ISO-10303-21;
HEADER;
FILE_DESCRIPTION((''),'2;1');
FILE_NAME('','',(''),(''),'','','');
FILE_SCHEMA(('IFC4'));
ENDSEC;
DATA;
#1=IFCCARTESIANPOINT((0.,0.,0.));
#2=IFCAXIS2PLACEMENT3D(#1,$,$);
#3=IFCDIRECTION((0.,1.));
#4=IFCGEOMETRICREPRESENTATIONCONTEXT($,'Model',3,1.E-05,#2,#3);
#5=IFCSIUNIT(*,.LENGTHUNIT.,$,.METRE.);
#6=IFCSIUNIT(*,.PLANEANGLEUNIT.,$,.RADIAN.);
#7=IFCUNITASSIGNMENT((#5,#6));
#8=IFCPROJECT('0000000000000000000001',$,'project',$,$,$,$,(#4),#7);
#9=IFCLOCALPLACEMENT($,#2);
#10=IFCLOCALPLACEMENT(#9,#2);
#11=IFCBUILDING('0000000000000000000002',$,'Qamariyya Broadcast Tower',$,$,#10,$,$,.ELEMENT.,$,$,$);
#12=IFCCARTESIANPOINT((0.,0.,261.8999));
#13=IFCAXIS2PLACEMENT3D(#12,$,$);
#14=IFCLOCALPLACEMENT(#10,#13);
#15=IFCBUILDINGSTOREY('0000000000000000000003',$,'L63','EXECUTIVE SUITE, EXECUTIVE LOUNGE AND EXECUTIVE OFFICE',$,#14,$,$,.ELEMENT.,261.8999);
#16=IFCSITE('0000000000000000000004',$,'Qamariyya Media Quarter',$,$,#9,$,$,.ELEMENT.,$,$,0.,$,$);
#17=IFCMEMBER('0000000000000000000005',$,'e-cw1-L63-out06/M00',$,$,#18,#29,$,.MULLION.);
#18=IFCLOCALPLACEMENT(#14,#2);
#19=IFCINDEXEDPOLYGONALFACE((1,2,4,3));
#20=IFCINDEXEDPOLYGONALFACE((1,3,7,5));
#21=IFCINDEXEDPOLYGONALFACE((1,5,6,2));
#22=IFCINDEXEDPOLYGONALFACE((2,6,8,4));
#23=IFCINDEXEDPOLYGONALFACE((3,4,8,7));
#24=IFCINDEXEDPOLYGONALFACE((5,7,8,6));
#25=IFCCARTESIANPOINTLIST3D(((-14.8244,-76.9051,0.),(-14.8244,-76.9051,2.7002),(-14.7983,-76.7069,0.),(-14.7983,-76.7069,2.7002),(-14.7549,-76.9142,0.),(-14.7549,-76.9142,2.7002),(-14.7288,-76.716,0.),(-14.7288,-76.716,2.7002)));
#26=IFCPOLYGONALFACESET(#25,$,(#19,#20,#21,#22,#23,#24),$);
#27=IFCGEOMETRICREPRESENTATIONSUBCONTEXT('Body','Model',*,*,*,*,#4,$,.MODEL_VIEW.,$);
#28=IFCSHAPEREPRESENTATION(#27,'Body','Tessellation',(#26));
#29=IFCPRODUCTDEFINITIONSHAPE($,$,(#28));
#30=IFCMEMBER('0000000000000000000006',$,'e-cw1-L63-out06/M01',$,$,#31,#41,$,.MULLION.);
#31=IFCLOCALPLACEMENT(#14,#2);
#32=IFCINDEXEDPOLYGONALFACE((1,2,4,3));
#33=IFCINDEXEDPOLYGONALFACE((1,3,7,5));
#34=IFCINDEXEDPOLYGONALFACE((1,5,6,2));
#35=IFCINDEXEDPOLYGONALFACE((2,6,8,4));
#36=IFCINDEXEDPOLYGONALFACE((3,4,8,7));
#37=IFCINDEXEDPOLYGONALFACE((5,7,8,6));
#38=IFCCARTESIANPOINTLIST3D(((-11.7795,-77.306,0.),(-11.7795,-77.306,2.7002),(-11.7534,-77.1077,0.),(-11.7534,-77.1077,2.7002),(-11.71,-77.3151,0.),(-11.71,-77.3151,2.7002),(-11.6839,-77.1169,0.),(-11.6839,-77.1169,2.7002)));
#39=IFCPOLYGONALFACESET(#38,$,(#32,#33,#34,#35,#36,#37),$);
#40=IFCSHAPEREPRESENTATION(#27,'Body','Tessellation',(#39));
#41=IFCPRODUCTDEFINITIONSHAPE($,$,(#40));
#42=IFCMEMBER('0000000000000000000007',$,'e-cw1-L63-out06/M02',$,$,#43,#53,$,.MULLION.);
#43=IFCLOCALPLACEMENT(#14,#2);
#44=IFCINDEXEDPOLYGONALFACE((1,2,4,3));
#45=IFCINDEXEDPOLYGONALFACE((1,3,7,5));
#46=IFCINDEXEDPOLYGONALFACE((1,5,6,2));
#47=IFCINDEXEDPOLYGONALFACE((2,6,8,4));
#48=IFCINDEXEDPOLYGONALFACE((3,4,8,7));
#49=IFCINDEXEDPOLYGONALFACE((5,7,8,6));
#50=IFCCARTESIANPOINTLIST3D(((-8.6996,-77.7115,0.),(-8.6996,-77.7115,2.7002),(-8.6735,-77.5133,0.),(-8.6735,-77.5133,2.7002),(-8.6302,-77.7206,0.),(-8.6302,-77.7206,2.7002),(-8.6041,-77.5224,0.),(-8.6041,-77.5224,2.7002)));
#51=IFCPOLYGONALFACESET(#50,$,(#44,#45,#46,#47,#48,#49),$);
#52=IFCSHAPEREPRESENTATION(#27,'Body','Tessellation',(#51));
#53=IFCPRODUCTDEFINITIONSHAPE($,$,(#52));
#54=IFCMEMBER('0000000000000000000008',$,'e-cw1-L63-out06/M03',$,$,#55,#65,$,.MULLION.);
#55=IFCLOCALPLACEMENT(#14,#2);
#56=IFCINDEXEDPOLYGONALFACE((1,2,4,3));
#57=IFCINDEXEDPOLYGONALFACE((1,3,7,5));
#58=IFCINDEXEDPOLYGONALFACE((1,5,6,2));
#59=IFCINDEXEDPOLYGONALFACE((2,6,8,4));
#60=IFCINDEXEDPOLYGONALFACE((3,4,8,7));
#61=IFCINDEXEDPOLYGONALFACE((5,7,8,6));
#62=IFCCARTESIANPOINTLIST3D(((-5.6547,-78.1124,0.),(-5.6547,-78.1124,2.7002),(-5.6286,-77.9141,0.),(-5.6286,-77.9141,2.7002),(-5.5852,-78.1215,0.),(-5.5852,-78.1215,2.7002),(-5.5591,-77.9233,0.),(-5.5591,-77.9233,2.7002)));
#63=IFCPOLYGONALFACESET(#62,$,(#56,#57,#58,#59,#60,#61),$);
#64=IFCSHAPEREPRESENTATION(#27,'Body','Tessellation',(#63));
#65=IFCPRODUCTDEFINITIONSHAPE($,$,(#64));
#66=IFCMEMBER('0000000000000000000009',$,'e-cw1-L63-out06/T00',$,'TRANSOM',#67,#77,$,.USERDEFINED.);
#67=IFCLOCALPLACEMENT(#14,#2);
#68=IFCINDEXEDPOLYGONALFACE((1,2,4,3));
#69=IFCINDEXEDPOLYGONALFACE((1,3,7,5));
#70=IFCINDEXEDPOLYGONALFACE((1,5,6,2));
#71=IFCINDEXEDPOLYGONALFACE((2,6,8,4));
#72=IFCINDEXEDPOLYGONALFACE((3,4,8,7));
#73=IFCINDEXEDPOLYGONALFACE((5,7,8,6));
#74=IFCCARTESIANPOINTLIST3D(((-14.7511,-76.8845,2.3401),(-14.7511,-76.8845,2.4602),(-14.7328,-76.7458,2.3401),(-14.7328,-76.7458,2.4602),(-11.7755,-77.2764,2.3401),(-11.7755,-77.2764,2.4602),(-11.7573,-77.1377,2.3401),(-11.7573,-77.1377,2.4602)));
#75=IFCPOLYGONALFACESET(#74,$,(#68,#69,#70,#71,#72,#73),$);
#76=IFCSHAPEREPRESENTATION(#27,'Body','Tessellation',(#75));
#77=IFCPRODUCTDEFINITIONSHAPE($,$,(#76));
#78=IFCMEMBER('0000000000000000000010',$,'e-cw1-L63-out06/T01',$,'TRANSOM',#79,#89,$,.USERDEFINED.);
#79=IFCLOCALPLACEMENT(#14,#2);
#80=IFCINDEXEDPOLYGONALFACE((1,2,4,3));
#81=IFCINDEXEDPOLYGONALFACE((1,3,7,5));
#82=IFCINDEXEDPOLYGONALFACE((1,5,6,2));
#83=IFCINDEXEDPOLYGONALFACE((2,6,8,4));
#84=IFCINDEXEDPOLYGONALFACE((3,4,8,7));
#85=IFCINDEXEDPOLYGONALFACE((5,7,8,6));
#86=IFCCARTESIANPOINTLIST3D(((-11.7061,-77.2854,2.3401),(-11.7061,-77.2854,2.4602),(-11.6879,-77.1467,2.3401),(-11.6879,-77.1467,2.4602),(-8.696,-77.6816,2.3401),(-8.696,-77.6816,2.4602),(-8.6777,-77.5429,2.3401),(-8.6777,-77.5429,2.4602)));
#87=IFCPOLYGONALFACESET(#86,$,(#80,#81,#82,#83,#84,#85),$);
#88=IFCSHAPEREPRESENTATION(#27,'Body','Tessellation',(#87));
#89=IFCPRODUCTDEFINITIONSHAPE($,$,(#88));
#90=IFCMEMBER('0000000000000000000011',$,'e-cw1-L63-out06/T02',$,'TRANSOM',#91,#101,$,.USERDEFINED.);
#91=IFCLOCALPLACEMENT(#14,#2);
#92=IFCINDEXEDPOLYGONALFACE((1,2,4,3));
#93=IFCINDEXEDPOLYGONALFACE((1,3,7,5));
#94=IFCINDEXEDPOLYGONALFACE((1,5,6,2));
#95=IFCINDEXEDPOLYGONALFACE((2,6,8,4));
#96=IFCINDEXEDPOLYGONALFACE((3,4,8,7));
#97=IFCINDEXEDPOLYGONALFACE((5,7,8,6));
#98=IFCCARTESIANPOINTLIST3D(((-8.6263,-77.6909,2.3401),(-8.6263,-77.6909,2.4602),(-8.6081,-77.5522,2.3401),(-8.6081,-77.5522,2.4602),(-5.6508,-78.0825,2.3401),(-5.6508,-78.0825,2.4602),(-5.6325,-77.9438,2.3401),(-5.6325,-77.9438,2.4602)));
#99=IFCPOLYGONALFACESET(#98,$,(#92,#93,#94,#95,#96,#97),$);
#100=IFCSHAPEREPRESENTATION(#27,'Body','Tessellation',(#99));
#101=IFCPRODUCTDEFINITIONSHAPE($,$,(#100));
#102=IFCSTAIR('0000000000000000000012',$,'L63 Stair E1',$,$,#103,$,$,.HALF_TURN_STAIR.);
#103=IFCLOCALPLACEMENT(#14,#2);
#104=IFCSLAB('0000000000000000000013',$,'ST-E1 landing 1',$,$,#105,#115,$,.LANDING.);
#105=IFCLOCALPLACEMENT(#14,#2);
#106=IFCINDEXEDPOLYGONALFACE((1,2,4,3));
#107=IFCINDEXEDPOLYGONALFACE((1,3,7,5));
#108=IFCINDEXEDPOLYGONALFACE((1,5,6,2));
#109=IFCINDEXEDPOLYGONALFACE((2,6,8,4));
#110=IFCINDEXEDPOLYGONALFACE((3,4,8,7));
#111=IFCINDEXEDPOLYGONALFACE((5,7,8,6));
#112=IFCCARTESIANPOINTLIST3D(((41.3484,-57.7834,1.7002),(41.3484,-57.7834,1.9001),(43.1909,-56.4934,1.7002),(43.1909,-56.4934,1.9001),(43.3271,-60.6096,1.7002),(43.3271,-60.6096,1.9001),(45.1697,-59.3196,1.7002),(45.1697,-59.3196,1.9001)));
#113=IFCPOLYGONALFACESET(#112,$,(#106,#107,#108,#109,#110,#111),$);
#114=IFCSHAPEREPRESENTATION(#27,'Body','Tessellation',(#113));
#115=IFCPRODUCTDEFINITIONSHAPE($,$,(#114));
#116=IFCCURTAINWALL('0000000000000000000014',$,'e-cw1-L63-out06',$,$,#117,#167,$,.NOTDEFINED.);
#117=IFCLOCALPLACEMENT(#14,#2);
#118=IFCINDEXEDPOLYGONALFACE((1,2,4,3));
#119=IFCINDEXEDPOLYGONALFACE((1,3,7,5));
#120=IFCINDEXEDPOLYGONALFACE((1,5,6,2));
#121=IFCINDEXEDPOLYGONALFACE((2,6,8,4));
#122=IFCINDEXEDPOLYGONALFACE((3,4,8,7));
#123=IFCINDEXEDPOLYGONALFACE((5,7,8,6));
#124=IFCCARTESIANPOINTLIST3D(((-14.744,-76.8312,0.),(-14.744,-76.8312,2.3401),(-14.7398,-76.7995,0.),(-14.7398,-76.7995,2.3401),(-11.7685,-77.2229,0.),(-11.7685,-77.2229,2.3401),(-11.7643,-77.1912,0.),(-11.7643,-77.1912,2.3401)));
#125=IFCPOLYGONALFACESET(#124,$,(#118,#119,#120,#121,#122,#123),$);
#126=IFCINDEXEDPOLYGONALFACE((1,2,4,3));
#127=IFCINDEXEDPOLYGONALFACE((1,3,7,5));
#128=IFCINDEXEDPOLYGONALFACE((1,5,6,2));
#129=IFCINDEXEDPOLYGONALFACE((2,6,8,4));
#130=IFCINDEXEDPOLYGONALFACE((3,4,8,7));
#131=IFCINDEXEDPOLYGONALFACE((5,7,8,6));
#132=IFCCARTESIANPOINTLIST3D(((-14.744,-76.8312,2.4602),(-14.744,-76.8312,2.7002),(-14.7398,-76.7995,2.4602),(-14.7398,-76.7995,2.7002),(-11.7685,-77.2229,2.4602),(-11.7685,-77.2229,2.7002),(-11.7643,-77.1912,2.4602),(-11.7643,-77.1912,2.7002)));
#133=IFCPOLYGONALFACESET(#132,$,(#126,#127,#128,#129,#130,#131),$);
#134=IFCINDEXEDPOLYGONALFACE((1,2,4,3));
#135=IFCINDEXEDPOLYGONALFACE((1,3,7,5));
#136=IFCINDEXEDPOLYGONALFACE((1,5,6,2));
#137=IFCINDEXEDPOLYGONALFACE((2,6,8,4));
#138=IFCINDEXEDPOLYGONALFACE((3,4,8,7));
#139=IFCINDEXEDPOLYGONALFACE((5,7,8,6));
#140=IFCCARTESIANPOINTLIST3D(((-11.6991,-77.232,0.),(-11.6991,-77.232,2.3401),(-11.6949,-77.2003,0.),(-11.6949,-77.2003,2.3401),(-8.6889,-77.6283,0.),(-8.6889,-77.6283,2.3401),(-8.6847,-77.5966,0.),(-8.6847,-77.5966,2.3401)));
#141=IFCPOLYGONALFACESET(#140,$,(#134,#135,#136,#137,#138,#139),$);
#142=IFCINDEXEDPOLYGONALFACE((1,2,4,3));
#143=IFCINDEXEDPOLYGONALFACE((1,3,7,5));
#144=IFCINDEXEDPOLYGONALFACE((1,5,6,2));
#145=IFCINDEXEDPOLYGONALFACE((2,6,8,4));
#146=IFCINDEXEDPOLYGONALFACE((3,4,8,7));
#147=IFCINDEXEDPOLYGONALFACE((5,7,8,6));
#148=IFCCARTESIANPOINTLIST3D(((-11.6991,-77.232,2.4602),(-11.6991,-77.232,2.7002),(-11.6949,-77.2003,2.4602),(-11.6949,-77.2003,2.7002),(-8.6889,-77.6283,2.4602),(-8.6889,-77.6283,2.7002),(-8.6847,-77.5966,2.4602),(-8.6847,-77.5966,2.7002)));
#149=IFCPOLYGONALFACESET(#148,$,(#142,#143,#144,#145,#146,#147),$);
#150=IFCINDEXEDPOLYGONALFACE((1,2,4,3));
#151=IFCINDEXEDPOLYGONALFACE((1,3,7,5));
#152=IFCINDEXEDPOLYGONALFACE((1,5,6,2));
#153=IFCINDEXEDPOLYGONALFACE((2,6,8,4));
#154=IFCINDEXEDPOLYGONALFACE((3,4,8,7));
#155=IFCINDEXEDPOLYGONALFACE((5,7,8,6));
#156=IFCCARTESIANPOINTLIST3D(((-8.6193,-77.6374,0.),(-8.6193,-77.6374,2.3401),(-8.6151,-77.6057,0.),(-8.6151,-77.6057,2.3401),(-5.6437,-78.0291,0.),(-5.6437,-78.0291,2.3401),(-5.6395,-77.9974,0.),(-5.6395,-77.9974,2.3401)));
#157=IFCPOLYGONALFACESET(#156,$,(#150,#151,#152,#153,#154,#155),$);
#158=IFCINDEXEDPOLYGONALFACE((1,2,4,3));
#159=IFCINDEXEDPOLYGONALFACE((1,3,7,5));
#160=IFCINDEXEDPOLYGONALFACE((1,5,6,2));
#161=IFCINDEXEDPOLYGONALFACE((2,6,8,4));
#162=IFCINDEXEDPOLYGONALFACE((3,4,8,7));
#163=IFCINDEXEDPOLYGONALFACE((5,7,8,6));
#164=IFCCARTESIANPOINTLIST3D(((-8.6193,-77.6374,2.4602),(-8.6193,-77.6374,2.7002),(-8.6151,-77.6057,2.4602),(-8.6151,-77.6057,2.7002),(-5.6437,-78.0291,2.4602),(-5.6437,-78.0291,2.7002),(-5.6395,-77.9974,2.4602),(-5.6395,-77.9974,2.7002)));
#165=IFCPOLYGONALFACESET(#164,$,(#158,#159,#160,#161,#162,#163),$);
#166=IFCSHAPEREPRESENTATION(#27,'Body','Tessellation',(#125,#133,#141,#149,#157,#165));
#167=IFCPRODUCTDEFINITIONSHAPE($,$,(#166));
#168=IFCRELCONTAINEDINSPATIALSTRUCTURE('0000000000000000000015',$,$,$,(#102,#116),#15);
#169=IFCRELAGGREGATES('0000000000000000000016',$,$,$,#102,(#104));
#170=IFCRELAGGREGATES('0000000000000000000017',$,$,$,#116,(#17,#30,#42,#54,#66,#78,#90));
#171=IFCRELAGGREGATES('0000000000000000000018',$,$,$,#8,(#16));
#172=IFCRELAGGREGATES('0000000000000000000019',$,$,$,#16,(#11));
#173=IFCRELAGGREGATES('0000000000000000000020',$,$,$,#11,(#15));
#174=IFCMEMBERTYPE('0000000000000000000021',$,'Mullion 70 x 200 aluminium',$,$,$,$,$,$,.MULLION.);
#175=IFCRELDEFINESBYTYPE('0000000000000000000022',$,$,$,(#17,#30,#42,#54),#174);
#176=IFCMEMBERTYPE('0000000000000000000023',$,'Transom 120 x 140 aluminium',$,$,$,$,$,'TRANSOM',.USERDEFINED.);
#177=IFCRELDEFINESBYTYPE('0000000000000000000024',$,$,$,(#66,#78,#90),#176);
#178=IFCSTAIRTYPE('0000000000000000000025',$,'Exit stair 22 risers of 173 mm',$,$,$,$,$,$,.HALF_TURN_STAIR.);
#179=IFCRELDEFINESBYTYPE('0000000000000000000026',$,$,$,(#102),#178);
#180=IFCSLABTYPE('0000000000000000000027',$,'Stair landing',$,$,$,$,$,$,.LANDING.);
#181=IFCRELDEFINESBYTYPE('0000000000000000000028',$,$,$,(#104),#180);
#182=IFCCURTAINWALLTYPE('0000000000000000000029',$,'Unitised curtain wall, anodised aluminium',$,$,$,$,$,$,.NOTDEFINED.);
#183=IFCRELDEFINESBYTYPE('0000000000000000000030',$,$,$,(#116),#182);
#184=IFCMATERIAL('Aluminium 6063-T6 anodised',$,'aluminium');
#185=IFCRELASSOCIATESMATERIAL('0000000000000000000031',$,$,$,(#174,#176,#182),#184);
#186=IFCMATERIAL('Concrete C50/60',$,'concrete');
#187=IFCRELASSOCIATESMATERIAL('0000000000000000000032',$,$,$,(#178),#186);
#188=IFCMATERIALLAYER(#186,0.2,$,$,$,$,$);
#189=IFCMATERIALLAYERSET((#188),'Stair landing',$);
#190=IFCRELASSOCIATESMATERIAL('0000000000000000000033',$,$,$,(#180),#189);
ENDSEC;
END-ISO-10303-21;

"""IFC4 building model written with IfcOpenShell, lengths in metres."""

from ifc_helpers import new_model, si_unit, direction, frame, origin, origin_2d, place, context, subcontext, project, spatial, polyline, rectangle, outline, extrude, material, layer, layer_set, material_profile, profile_set, type_object, element, aggregate, save


model = new_model("IFC4")

# Units and contexts
model_context = context("Model", 3, precision=1e-05, world=origin(), true_north=direction((0.0, 1.0)))
body_context = subcontext(model_context, "Body", "Model", "MODEL_VIEW")
ifc_project = project(units=[si_unit("LENGTHUNIT", "METRE"), si_unit("PLANEANGLEUNIT", "RADIAN")], contexts=[model_context])

# Members
ifc_material_1 = material(Name="Aluminium 6063-T6 anodised", Category="aluminium")
ifc_material_profile_1 = material_profile(ifc_material_1, rectangle(XDim=0.2, YDim=0.0701, at=origin_2d()))
ifc_profile_set_1 = profile_set([ifc_material_profile_1], Name="Aluminium 6063-T6 anodised")
member_type_1 = type_object("IfcMemberType", Name="Mullion 70 x 200 aluminium", PredefinedType="MULLION", material=ifc_profile_set_1)
site_placement = place(None, origin())
building_placement = place(site_placement, origin())
storey_placement = place(building_placement, frame((0.0, 0.0, 261.8999)))
member_1_placement = place(storey_placement, frame((-14.7766, -76.8105, 0.0), z_axis=(0.0, 0.0, 1.0), x_axis=(0.130526, 0.991445, 0.0)))
member_1 = element("IfcMember", 1, at=member_1_placement, type_object=member_type_1, Name="e-cw1-L63-out06/M00", PredefinedType="MULLION", context=body_context, shape_type="SweptSolid", body=[
    extrude(rectangle(XDim=0.2, YDim=0.0701, at=origin_2d()), origin(), (0.0, 0.0, 1.0), 2.7002),
])
member_2_placement = place(storey_placement, frame((-11.7317, -77.2114, 0.0), z_axis=(0.0, 0.0, 1.0), x_axis=(0.130526, 0.991445, 0.0)))
member_2 = element("IfcMember", 2, at=member_2_placement, type_object=member_type_1, Name="e-cw1-L63-out06/M01", PredefinedType="MULLION", context=body_context, shape_type="SweptSolid", body=[
    extrude(rectangle(XDim=0.2, YDim=0.0701, at=origin_2d()), origin(), (0.0, 0.0, 1.0), 2.7002),
])
member_3_placement = place(storey_placement, frame((-8.6519, -77.6169, 0.0), z_axis=(0.0, 0.0, 1.0), x_axis=(0.130526, 0.991445, 0.0)))
member_3 = element("IfcMember", 3, at=member_3_placement, type_object=member_type_1, Name="e-cw1-L63-out06/M02", PredefinedType="MULLION", context=body_context, shape_type="SweptSolid", body=[
    extrude(rectangle(XDim=0.2, YDim=0.0701, at=origin_2d()), origin(), (0.0, 0.0, 1.0), 2.7002),
])
member_4_placement = place(storey_placement, frame((-5.6069, -78.0178, 0.0), z_axis=(0.0, 0.0, 1.0), x_axis=(0.130526, 0.991445, 0.0)))
member_4 = element("IfcMember", 4, at=member_4_placement, type_object=member_type_1, Name="e-cw1-L63-out06/M03", PredefinedType="MULLION", context=body_context, shape_type="SweptSolid", body=[
    extrude(rectangle(XDim=0.2, YDim=0.0701, at=origin_2d()), origin(), (0.0, 0.0, 1.0), 2.7002),
])
ifc_material_profile_2 = material_profile(ifc_material_1, rectangle(XDim=0.1399, YDim=0.1201, at=origin_2d()))
ifc_profile_set_2 = profile_set([ifc_material_profile_2], Name="Aluminium 6063-T6 anodised")
member_type_2 = type_object("IfcMemberType", Name="Transom 120 x 140 aluminium", ElementType="TRANSOM", PredefinedType="USERDEFINED", material=ifc_profile_set_2)
member_5_placement = place(storey_placement, frame((-14.7419, -76.8152, 2.4001), z_axis=(0.99144, -0.13056, 0.0), x_axis=(0.13056, 0.99144, 0.0)))
member_5 = element("IfcMember", 5, at=member_5_placement, type_object=member_type_2, Name="e-cw1-L63-out06/T00", ObjectType="TRANSOM", PredefinedType="USERDEFINED", context=body_context, shape_type="SweptSolid", body=[
    extrude(rectangle(XDim=0.1399, YDim=0.1201, at=origin_2d()), origin(), (0.0, 0.0, 1.0), 3.0012),
])
member_6_placement = place(storey_placement, frame((-11.697, -77.2161, 2.4001), z_axis=(0.991448, -0.130504, 0.0), x_axis=(0.130504, 0.991448, 0.0)))
member_6 = element("IfcMember", 6, at=member_6_placement, type_object=member_type_2, Name="e-cw1-L63-out06/T01", ObjectType="TRANSOM", PredefinedType="USERDEFINED", context=body_context, shape_type="SweptSolid", body=[
    extrude(rectangle(XDim=0.1399, YDim=0.1201, at=origin_2d()), origin(), (0.0, 0.0, 1.0), 3.0361),
])
member_7_placement = place(storey_placement, frame((-8.6172, -77.6216, 2.4001), z_axis=(0.991451, -0.13048, 0.0), x_axis=(0.13048, 0.991451, 0.0)))
member_7 = element("IfcMember", 7, at=member_7_placement, type_object=member_type_2, Name="e-cw1-L63-out06/T02", ObjectType="TRANSOM", PredefinedType="USERDEFINED", context=body_context, shape_type="SweptSolid", body=[
    extrude(rectangle(XDim=0.1399, YDim=0.1201, at=origin_2d()), origin(), (0.0, 0.0, 1.0), 3.0012),
])

# Site, building, storey
site = spatial("IfcSite", under=ifc_project, at=site_placement, Name="Qamariyya Media Quarter", CompositionType="ELEMENT", RefElevation=0.0)
building = spatial("IfcBuilding", under=site, at=building_placement, Name="Qamariyya Broadcast Tower", CompositionType="ELEMENT")
storey = spatial("IfcBuildingStorey", under=building, at=storey_placement, Name="L63", Description="EXECUTIVE SUITE, EXECUTIVE LOUNGE AND EXECUTIVE OFFICE", CompositionType="ELEMENT", Elevation=261.8999)

# Stair, slab
ifc_material_2 = material(Name="Concrete C50/60", Category="concrete")
stair_type = type_object("IfcStairType", Name="Exit stair 22 risers of 173 mm", PredefinedType="HALF_TURN_STAIR", material=ifc_material_2)
stair_placement = place(storey_placement, origin())
stair = element("IfcStair", 8, at=stair_placement, inside=storey, type_object=stair_type, Name="L63 Stair E1", PredefinedType="HALF_TURN_STAIR")
ifc_layer = layer(ifc_material_2, 0.2)
ifc_layer_set = layer_set([ifc_layer], Name="Stair landing")
slab_type = type_object("IfcSlabType", Name="Stair landing", PredefinedType="LANDING", material=ifc_layer_set)
slab_placement = place(storey_placement, frame((0.0, 0.0, 1.7002)))
slab = element("IfcSlab", 9, at=slab_placement, type_object=slab_type, Name="ST-E1 landing 1", PredefinedType="LANDING", context=body_context, shape_type="SweptSolid", body=[
    extrude(outline(polyline([(43.1909, -56.4934), (41.3484, -57.7834), (43.3271, -60.6096), (45.1697, -59.3196), (43.1909, -56.4934)])), origin(), (0.0, 0.0, 1.0), 0.2),
])
aggregate(stair, [slab])

# Curtain wall
curtain_wall_type = type_object("IfcCurtainWallType", Name="Unitised curtain wall, anodised aluminium", PredefinedType="NOTDEFINED", material=ifc_material_1)
curtain_wall_1_placement = place(storey_placement, origin())
curtain_wall_1 = element("IfcCurtainWall", 10, at=curtain_wall_1_placement, inside=storey, type_object=curtain_wall_type, Name="e-cw1-L63-out06", PredefinedType="NOTDEFINED", context=body_context, shape_type="SweptSolid", body=[
    extrude(rectangle(XDim=3.0012, YDim=0.032, at=origin_2d()), frame((-13.2542, -77.0112, 0.0), x_axis=(0.991445, -0.130523, 0.0)), (0.0, 0.0, 1.0), 2.3401),
    extrude(rectangle(XDim=3.0012, YDim=0.032, at=origin_2d()), frame((-13.2542, -77.0112, 2.4602), x_axis=(0.991445, -0.130523, 0.0)), (0.0, 0.0, 1.0), 0.24),
    extrude(rectangle(XDim=3.0361, YDim=0.032, at=origin_2d()), frame((-10.1919, -77.4143, 0.0), x_axis=(0.991445, -0.130523, 0.0)), (0.0, 0.0, 1.0), 2.3401),
    extrude(rectangle(XDim=3.0361, YDim=0.032, at=origin_2d()), frame((-10.1919, -77.4143, 2.4602), x_axis=(0.991445, -0.130523, 0.0)), (0.0, 0.0, 1.0), 0.24),
    extrude(rectangle(XDim=3.0012, YDim=0.032, at=origin_2d()), frame((-7.1294, -77.8174, 0.0), x_axis=(0.991445, -0.130523, 0.0)), (0.0, 0.0, 1.0), 2.3401),
    extrude(rectangle(XDim=3.0012, YDim=0.032, at=origin_2d()), frame((-7.1294, -77.8174, 2.4602), x_axis=(0.991445, -0.130523, 0.0)), (0.0, 0.0, 1.0), 0.24),
])
aggregate(curtain_wall_1, [member_1, member_2, member_3, member_4, member_5, member_6, member_7])

save(model, "model.ifc")
